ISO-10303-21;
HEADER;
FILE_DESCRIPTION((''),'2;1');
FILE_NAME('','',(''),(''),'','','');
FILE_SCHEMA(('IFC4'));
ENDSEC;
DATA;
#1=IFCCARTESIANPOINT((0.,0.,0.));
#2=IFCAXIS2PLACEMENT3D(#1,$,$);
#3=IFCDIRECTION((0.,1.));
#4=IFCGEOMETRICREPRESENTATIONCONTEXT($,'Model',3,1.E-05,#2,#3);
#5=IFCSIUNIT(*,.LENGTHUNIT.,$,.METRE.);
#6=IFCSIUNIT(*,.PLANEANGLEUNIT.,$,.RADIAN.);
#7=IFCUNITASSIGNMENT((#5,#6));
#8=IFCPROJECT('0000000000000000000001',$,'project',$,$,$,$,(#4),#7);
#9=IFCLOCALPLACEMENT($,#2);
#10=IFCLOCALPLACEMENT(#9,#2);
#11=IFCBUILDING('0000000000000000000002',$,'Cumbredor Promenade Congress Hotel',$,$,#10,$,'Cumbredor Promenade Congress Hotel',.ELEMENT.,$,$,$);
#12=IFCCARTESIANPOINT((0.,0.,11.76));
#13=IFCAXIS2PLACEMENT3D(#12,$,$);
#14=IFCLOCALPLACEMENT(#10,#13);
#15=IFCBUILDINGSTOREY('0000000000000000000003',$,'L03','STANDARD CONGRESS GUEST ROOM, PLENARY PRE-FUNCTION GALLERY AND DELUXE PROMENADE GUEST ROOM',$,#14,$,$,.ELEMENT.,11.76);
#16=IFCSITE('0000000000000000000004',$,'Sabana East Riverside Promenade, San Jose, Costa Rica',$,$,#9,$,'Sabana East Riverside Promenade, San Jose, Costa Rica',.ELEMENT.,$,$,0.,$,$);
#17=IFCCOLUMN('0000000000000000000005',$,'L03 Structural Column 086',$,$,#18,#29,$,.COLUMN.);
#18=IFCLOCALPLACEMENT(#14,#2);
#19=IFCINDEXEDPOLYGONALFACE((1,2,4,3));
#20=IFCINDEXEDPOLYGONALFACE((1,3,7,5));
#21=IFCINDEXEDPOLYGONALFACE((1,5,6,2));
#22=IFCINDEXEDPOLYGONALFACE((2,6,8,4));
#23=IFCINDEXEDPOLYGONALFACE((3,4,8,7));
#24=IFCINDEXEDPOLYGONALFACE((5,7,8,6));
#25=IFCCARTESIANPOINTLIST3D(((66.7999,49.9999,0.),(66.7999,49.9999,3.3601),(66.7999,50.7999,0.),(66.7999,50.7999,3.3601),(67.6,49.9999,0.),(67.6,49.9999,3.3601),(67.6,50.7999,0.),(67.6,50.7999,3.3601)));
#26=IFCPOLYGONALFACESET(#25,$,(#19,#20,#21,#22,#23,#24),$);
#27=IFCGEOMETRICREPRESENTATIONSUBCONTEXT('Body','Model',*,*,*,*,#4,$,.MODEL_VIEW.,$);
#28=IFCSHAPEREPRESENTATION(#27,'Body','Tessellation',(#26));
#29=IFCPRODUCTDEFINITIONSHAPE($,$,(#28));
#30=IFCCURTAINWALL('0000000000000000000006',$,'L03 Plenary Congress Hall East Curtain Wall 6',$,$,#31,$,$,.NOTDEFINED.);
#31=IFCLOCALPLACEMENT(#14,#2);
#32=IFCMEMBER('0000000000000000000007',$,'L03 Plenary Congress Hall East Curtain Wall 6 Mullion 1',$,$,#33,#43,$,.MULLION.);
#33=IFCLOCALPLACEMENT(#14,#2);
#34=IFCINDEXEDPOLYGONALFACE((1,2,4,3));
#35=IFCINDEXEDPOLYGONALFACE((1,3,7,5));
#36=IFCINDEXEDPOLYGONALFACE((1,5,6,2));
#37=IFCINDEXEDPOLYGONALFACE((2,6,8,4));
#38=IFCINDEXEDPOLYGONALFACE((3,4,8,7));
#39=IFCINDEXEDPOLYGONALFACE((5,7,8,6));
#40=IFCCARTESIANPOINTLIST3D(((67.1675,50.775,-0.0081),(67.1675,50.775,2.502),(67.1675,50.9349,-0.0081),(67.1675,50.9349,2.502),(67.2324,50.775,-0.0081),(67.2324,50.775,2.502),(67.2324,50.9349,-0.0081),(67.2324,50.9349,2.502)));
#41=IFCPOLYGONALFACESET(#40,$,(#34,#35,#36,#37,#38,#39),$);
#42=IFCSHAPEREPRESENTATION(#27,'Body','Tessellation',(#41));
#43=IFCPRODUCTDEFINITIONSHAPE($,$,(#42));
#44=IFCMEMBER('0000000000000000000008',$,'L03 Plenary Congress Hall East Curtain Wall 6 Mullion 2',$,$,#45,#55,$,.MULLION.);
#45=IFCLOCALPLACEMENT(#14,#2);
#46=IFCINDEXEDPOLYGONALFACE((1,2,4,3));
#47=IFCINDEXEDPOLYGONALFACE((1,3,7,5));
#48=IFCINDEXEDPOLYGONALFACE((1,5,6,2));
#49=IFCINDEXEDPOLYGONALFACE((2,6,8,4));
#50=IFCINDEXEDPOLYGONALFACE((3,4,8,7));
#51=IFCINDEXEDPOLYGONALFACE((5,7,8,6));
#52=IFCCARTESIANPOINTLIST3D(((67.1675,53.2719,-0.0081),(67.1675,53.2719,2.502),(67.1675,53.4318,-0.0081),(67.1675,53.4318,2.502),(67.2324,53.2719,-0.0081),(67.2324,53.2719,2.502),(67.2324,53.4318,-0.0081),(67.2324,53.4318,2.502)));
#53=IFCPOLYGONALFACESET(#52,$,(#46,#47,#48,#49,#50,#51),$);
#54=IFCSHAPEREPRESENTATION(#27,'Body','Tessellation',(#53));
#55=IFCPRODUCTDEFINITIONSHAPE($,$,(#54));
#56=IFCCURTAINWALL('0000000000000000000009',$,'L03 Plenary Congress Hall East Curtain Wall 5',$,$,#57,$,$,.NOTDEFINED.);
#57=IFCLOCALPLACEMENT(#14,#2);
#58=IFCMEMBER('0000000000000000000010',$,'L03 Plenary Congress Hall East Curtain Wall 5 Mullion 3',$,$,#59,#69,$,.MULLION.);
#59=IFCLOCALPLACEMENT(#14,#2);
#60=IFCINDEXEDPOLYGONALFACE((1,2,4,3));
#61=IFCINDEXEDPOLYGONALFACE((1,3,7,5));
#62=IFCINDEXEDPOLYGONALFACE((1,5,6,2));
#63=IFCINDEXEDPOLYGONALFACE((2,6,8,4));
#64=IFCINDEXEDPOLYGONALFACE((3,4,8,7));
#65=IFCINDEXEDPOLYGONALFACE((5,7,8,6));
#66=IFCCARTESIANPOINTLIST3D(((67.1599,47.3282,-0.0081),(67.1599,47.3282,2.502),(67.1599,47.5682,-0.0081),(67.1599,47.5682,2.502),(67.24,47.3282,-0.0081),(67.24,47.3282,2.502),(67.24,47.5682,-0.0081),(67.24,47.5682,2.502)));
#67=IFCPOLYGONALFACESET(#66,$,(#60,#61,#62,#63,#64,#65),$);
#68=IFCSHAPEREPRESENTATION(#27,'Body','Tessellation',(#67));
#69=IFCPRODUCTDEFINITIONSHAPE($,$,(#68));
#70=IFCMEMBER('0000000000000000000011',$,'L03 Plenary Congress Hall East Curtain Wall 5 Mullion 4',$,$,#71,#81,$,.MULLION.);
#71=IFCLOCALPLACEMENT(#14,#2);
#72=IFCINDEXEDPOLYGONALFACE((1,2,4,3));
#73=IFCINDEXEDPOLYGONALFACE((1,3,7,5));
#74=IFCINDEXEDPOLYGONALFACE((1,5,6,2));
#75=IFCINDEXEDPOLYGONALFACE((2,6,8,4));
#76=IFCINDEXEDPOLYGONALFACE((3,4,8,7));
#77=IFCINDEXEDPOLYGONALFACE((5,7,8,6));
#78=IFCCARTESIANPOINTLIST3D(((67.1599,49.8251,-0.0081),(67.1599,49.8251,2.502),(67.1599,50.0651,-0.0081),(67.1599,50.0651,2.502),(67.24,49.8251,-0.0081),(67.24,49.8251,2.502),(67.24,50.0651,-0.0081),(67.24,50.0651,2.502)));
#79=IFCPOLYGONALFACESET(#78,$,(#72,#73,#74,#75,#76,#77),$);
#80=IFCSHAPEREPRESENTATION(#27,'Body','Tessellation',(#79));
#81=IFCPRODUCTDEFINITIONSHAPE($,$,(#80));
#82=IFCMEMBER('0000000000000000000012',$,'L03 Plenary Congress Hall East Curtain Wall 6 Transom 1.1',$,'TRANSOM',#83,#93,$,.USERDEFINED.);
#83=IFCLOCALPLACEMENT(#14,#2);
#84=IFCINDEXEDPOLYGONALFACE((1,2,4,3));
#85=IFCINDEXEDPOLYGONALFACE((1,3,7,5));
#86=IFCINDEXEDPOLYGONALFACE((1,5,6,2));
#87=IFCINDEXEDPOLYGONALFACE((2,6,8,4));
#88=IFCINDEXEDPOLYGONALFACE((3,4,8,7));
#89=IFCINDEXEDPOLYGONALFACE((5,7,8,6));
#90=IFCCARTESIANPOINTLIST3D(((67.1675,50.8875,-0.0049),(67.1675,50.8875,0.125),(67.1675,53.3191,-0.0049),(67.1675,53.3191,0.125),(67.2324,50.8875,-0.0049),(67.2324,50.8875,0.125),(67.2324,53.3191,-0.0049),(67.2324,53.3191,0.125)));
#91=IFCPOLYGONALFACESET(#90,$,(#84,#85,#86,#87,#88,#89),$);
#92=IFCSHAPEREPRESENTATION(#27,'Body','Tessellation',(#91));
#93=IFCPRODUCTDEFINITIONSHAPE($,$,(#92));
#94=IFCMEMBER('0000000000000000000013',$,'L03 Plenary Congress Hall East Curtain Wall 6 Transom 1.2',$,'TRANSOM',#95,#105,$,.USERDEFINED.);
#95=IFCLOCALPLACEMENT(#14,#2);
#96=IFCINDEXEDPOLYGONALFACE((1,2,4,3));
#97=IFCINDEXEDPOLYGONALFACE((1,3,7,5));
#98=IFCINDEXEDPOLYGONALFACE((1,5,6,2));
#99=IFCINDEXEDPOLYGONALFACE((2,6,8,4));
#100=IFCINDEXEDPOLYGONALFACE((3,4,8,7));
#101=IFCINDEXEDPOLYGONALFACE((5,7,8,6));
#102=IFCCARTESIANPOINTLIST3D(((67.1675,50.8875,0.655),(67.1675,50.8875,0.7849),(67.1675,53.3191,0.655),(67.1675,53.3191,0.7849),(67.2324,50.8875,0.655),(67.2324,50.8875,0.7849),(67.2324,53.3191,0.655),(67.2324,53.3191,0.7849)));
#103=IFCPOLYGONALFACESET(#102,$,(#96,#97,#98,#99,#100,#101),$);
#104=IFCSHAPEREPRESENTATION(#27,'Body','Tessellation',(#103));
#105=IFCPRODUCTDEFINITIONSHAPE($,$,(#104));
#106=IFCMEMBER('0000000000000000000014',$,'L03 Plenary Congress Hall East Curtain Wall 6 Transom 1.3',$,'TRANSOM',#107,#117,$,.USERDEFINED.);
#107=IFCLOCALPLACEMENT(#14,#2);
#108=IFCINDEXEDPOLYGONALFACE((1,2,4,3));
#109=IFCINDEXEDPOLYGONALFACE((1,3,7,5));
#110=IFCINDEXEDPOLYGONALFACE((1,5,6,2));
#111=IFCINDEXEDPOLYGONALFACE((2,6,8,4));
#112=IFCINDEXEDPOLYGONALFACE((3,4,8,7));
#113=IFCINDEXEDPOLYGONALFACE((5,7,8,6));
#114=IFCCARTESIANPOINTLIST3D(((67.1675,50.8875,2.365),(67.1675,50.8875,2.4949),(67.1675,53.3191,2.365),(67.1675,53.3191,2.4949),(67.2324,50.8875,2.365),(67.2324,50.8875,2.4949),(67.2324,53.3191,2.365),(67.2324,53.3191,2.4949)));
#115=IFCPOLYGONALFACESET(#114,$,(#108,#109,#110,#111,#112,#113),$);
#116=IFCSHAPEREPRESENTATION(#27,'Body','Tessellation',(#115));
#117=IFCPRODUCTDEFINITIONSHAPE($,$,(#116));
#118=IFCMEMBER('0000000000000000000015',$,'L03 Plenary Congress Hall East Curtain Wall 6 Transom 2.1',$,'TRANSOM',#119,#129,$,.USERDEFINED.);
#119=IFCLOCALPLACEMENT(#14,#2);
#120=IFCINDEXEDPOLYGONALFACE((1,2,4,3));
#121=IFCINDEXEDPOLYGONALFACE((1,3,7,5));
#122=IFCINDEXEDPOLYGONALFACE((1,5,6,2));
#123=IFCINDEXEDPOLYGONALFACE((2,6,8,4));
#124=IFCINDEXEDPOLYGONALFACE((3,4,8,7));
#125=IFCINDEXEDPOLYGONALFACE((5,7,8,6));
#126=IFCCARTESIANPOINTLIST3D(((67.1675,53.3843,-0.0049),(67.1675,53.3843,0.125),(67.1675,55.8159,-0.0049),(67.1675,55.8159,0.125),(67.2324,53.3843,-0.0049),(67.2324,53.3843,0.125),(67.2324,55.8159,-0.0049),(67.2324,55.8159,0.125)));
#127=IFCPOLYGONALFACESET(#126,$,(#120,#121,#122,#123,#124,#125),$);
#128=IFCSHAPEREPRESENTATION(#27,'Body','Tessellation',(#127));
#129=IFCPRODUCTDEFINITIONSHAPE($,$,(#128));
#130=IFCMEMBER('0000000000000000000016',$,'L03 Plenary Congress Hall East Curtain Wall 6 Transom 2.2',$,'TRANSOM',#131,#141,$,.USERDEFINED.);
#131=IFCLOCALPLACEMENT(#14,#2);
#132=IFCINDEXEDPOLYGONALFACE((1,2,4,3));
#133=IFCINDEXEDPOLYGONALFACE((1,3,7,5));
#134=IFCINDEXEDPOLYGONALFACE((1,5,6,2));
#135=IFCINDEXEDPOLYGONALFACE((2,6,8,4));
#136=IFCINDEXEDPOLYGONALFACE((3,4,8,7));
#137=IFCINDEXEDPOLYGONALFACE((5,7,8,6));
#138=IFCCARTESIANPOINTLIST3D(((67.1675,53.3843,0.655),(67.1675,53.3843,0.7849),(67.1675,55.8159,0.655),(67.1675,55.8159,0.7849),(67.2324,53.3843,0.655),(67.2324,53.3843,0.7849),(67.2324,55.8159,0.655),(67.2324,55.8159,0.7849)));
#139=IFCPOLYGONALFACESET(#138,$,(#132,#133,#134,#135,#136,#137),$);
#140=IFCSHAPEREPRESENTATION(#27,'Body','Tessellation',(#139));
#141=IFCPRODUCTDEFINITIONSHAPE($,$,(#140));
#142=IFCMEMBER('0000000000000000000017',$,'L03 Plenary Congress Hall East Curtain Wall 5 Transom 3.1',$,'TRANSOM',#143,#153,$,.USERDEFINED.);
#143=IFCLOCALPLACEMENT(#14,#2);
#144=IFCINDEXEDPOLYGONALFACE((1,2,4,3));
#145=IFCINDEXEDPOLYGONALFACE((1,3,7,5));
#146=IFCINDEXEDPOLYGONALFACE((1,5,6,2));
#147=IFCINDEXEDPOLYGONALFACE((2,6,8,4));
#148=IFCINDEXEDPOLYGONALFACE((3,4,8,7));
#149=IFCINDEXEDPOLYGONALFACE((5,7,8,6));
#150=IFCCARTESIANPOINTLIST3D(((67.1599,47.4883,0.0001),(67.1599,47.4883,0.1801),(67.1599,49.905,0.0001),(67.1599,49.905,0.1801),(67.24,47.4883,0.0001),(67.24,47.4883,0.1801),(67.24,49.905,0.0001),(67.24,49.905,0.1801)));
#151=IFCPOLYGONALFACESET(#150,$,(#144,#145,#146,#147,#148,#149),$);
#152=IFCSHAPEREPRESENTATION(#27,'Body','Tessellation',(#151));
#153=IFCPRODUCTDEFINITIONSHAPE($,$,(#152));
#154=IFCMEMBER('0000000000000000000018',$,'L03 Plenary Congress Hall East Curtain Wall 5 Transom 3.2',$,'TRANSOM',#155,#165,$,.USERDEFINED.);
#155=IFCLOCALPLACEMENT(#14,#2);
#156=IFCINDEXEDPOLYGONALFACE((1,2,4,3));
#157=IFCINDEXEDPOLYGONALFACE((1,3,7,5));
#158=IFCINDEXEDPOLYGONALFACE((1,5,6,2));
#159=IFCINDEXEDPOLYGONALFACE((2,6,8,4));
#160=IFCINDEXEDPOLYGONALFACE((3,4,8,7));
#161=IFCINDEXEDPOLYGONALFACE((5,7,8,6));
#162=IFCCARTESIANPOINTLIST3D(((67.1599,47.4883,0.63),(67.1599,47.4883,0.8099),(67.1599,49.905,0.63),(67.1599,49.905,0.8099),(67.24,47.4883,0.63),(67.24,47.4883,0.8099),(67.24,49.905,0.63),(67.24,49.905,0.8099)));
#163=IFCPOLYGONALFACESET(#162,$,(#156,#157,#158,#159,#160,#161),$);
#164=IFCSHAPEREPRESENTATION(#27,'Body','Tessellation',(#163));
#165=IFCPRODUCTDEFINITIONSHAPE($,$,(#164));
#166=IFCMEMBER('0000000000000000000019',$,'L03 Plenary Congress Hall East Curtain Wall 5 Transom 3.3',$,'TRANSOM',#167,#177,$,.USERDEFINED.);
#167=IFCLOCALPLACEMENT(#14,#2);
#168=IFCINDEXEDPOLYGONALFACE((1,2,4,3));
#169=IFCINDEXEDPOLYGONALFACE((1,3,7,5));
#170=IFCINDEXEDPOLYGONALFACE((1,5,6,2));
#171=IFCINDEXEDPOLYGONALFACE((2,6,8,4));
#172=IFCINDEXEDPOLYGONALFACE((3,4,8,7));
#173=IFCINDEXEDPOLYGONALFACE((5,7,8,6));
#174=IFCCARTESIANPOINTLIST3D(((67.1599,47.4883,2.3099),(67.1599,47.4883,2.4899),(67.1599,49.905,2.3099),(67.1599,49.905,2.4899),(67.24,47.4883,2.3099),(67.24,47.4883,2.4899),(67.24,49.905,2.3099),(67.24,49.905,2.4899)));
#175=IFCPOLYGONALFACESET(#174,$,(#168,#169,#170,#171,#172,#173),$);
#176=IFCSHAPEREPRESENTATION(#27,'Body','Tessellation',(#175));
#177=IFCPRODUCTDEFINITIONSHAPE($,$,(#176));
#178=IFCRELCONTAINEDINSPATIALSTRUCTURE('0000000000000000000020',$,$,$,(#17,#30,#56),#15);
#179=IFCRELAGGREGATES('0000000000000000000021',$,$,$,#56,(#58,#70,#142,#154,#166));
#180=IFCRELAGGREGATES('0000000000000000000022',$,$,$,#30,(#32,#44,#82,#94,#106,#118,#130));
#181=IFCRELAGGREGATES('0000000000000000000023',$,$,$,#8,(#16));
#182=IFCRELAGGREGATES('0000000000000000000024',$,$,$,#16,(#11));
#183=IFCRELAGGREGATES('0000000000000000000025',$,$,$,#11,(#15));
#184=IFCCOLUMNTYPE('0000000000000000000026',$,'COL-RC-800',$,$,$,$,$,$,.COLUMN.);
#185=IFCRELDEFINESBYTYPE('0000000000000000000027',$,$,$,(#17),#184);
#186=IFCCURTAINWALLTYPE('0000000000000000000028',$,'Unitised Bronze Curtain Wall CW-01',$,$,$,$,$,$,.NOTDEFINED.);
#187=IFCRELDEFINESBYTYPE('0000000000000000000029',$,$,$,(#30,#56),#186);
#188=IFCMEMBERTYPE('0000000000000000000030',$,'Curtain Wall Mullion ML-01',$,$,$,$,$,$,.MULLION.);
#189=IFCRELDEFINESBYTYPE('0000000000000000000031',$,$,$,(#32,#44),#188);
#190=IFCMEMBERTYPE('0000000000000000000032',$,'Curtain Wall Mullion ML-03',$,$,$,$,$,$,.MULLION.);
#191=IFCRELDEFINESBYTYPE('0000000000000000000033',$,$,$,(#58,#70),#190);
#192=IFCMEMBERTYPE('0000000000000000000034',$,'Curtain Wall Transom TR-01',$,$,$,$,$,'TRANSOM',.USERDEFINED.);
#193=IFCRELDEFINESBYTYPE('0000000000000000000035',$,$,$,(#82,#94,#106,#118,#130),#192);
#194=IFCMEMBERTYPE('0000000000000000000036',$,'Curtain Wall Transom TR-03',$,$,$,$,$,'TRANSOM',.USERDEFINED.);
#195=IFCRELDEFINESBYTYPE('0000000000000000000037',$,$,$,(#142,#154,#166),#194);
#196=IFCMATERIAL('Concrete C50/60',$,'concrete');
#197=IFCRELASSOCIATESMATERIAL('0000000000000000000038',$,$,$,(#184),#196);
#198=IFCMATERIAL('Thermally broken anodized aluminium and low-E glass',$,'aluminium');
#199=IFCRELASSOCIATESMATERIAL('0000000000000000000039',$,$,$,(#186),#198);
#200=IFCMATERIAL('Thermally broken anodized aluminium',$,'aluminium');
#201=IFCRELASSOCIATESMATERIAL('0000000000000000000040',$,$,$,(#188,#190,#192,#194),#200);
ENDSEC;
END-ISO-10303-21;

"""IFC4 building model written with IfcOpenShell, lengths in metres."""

from ifc_helpers import new_model, si_unit, direction, frame, origin, origin_2d, place, context, subcontext, project, spatial, rectangle, extrude, material, material_profile, profile_set, type_object, element, aggregate, save


model = new_model("IFC4")

# Units and contexts
model_context = context("Model", 3, precision=1e-05, world=origin(), true_north=direction((0.0, 1.0)))
body_context = subcontext(model_context, "Body", "Model", "MODEL_VIEW")
ifc_project = project(units=[si_unit("LENGTHUNIT", "METRE"), si_unit("PLANEANGLEUNIT", "RADIAN")], contexts=[model_context])

# Site, building, storey
site_placement = place(None, origin())
site = spatial("IfcSite", under=ifc_project, at=site_placement, Name="Sabana East Riverside Promenade, San Jose, Costa Rica", LongName="Sabana East Riverside Promenade, San Jose, Costa Rica", CompositionType="ELEMENT", RefElevation=0.0)
building_placement = place(site_placement, origin())
building = spatial("IfcBuilding", under=site, at=building_placement, Name="Cumbredor Promenade Congress Hotel", LongName="Cumbredor Promenade Congress Hotel", CompositionType="ELEMENT")
storey_placement = place(building_placement, frame((0.0, 0.0, 11.76)))
storey = spatial("IfcBuildingStorey", under=building, at=storey_placement, Name="L03", Description="STANDARD CONGRESS GUEST ROOM, PLENARY PRE-FUNCTION GALLERY AND DELUXE PROMENADE GUEST ROOM", CompositionType="ELEMENT", Elevation=11.76)

# Column
ifc_material_1 = material(Name="Concrete C50/60", Category="concrete")
ifc_material_profile_1 = material_profile(ifc_material_1, rectangle(XDim=0.8, YDim=0.8, at=origin_2d()), Name="RC 800x800")
ifc_profile_set_1 = profile_set([ifc_material_profile_1], Name="Concrete C50/60")
column_type = type_object("IfcColumnType", Name="COL-RC-800", PredefinedType="COLUMN", material=ifc_profile_set_1)
column_placement = place(storey_placement, frame((67.2, 50.3999, 0.0), z_axis=(0.0, 0.0, 1.0), x_axis=(1.0, 0.0, 0.0)))
element("IfcColumn", 1, at=column_placement, inside=storey, type_object=column_type, Name="L03 Structural Column 086", PredefinedType="COLUMN", context=body_context, shape_type="SweptSolid", body=[
    extrude(rectangle(XDim=0.8, YDim=0.8, at=origin_2d()), origin(), (0.0, 0.0, 1.0), 3.3601),
])

# Curtain walls, members
ifc_material_2 = material(Name="Thermally broken anodized aluminium and low-E glass", Category="aluminium")
curtain_wall_type = type_object("IfcCurtainWallType", Name="Unitised Bronze Curtain Wall CW-01", PredefinedType="NOTDEFINED", material=ifc_material_2)
curtain_wall_1_placement = place(storey_placement, origin())
curtain_wall_1 = element("IfcCurtainWall", 2, at=curtain_wall_1_placement, inside=storey, type_object=curtain_wall_type, Name="L03 Plenary Congress Hall East Curtain Wall 6", PredefinedType="NOTDEFINED")
ifc_material_3 = material(Name="Thermally broken anodized aluminium", Category="aluminium")
ifc_material_profile_2 = material_profile(ifc_material_3, rectangle(XDim=0.0649, YDim=0.1599, at=origin_2d()), Name="ALU MULLION 65x160")
ifc_profile_set_2 = profile_set([ifc_material_profile_2], Name="Thermally broken anodized aluminium")
member_type_1 = type_object("IfcMemberType", Name="Curtain Wall Mullion ML-01", PredefinedType="MULLION", material=ifc_profile_set_2)
member_1_placement = place(storey_placement, frame((67.2, 50.855, -0.0081), z_axis=(0.0, 0.0, 1.0), x_axis=(1.0, 0.0, 0.0)))
member_1 = element("IfcMember", 3, at=member_1_placement, type_object=member_type_1, Name="L03 Plenary Congress Hall East Curtain Wall 6 Mullion 1", PredefinedType="MULLION", context=body_context, shape_type="SweptSolid", body=[
    extrude(rectangle(XDim=0.0649, YDim=0.1599, at=origin_2d()), origin(), (0.0, 0.0, 1.0), 2.51),
])
member_2_placement = place(storey_placement, frame((67.2, 53.3518, -0.0081), z_axis=(0.0, 0.0, 1.0), x_axis=(1.0, 0.0, 0.0)))
member_2 = element("IfcMember", 4, at=member_2_placement, type_object=member_type_1, Name="L03 Plenary Congress Hall East Curtain Wall 6 Mullion 2", PredefinedType="MULLION", context=body_context, shape_type="SweptSolid", body=[
    extrude(rectangle(XDim=0.0649, YDim=0.1599, at=origin_2d()), origin(), (0.0, 0.0, 1.0), 2.51),
])
curtain_wall_2_placement = place(storey_placement, origin())
curtain_wall_2 = element("IfcCurtainWall", 5, at=curtain_wall_2_placement, inside=storey, type_object=curtain_wall_type, Name="L03 Plenary Congress Hall East Curtain Wall 5", PredefinedType="NOTDEFINED")
ifc_material_profile_3 = material_profile(ifc_material_3, rectangle(XDim=0.0801, YDim=0.24, at=origin_2d()), Name="ALU MULLION 80x240")
ifc_profile_set_3 = profile_set([ifc_material_profile_3], Name="Thermally broken anodized aluminium")
member_type_2 = type_object("IfcMemberType", Name="Curtain Wall Mullion ML-03", PredefinedType="MULLION", material=ifc_profile_set_3)
member_3_placement = place(storey_placement, frame((67.2, 47.4482, -0.0081), z_axis=(0.0, 0.0, 1.0), x_axis=(1.0, 0.0, 0.0)))
member_3 = element("IfcMember", 6, at=member_3_placement, type_object=member_type_2, Name="L03 Plenary Congress Hall East Curtain Wall 5 Mullion 3", PredefinedType="MULLION", context=body_context, shape_type="SweptSolid", body=[
    extrude(rectangle(XDim=0.0801, YDim=0.24, at=origin_2d()), origin(), (0.0, 0.0, 1.0), 2.51),
])
member_4_placement = place(storey_placement, frame((67.2, 49.9451, -0.0081), z_axis=(0.0, 0.0, 1.0), x_axis=(1.0, 0.0, 0.0)))
member_4 = element("IfcMember", 7, at=member_4_placement, type_object=member_type_2, Name="L03 Plenary Congress Hall East Curtain Wall 5 Mullion 4", PredefinedType="MULLION", context=body_context, shape_type="SweptSolid", body=[
    extrude(rectangle(XDim=0.0801, YDim=0.24, at=origin_2d()), origin(), (0.0, 0.0, 1.0), 2.51),
])

# Members
ifc_material_profile_4 = material_profile(ifc_material_3, rectangle(XDim=0.0649, YDim=0.1299, at=origin_2d()), Name="ALU TRANSOM 65x130")
ifc_profile_set_4 = profile_set([ifc_material_profile_4], Name="Thermally broken anodized aluminium")
member_type_3 = type_object("IfcMemberType", Name="Curtain Wall Transom TR-01", ElementType="TRANSOM", PredefinedType="USERDEFINED", material=ifc_profile_set_4)
member_5_placement = place(storey_placement, frame((67.2, 50.8875, 0.0601), z_axis=(0.0, 1.0, 0.0), x_axis=(-1.0, 0.0, 0.0)))
member_5 = element("IfcMember", 8, at=member_5_placement, type_object=member_type_3, Name="L03 Plenary Congress Hall East Curtain Wall 6 Transom 1.1", ObjectType="TRANSOM", PredefinedType="USERDEFINED", context=body_context, shape_type="SweptSolid", body=[
    extrude(rectangle(XDim=0.0649, YDim=0.1299, at=origin_2d()), origin(), (0.0, 0.0, 1.0), 2.4316),
])
member_6_placement = place(storey_placement, frame((67.2, 50.8875, 0.72), z_axis=(0.0, 1.0, 0.0), x_axis=(-1.0, 0.0, 0.0)))
member_6 = element("IfcMember", 9, at=member_6_placement, type_object=member_type_3, Name="L03 Plenary Congress Hall East Curtain Wall 6 Transom 1.2", ObjectType="TRANSOM", PredefinedType="USERDEFINED", context=body_context, shape_type="SweptSolid", body=[
    extrude(rectangle(XDim=0.0649, YDim=0.1299, at=origin_2d()), origin(), (0.0, 0.0, 1.0), 2.4316),
])
member_7_placement = place(storey_placement, frame((67.2, 50.8875, 2.4299), z_axis=(0.0, 1.0, 0.0), x_axis=(-1.0, 0.0, 0.0)))
member_7 = element("IfcMember", 10, at=member_7_placement, type_object=member_type_3, Name="L03 Plenary Congress Hall East Curtain Wall 6 Transom 1.3", ObjectType="TRANSOM", PredefinedType="USERDEFINED", context=body_context, shape_type="SweptSolid", body=[
    extrude(rectangle(XDim=0.0649, YDim=0.1299, at=origin_2d()), origin(), (0.0, 0.0, 1.0), 2.4316),
])
member_8_placement = place(storey_placement, frame((67.2, 53.3843, 0.0601), z_axis=(0.0, 1.0, 0.0), x_axis=(-1.0, 0.0, 0.0)))
member_8 = element("IfcMember", 11, at=member_8_placement, type_object=member_type_3, Name="L03 Plenary Congress Hall East Curtain Wall 6 Transom 2.1", ObjectType="TRANSOM", PredefinedType="USERDEFINED", context=body_context, shape_type="SweptSolid", body=[
    extrude(rectangle(XDim=0.0649, YDim=0.1299, at=origin_2d()), origin(), (0.0, 0.0, 1.0), 2.4316),
])
member_9_placement = place(storey_placement, frame((67.2, 53.3843, 0.72), z_axis=(0.0, 1.0, 0.0), x_axis=(-1.0, 0.0, 0.0)))
member_9 = element("IfcMember", 12, at=member_9_placement, type_object=member_type_3, Name="L03 Plenary Congress Hall East Curtain Wall 6 Transom 2.2", ObjectType="TRANSOM", PredefinedType="USERDEFINED", context=body_context, shape_type="SweptSolid", body=[
    extrude(rectangle(XDim=0.0649, YDim=0.1299, at=origin_2d()), origin(), (0.0, 0.0, 1.0), 2.4316),
])
ifc_material_profile_5 = material_profile(ifc_material_3, rectangle(XDim=0.0801, YDim=0.1799, at=origin_2d()), Name="ALU TRANSOM 80x180")
ifc_profile_set_5 = profile_set([ifc_material_profile_5], Name="Thermally broken anodized aluminium")
member_type_4 = type_object("IfcMemberType", Name="Curtain Wall Transom TR-03", ElementType="TRANSOM", PredefinedType="USERDEFINED", material=ifc_profile_set_5)
member_10_placement = place(storey_placement, frame((67.2, 47.4883, 0.0901), z_axis=(0.0, 1.0, 0.0), x_axis=(-1.0, 0.0, 0.0)))
member_10 = element("IfcMember", 13, at=member_10_placement, type_object=member_type_4, Name="L03 Plenary Congress Hall East Curtain Wall 5 Transom 3.1", ObjectType="TRANSOM", PredefinedType="USERDEFINED", context=body_context, shape_type="SweptSolid", body=[
    extrude(rectangle(XDim=0.0801, YDim=0.1799, at=origin_2d()), origin(), (0.0, 0.0, 1.0), 2.4167),
])
member_11_placement = place(storey_placement, frame((67.2, 47.4883, 0.72), z_axis=(0.0, 1.0, 0.0), x_axis=(-1.0, 0.0, 0.0)))
member_11 = element("IfcMember", 14, at=member_11_placement, type_object=member_type_4, Name="L03 Plenary Congress Hall East Curtain Wall 5 Transom 3.2", ObjectType="TRANSOM", PredefinedType="USERDEFINED", context=body_context, shape_type="SweptSolid", body=[
    extrude(rectangle(XDim=0.0801, YDim=0.1799, at=origin_2d()), origin(), (0.0, 0.0, 1.0), 2.4167),
])
member_12_placement = place(storey_placement, frame((67.2, 47.4883, 2.3999), z_axis=(0.0, 1.0, 0.0), x_axis=(-1.0, 0.0, 0.0)))
member_12 = element("IfcMember", 15, at=member_12_placement, type_object=member_type_4, Name="L03 Plenary Congress Hall East Curtain Wall 5 Transom 3.3", ObjectType="TRANSOM", PredefinedType="USERDEFINED", context=body_context, shape_type="SweptSolid", body=[
    extrude(rectangle(XDim=0.0801, YDim=0.1799, at=origin_2d()), origin(), (0.0, 0.0, 1.0), 2.4167),
])

aggregate(curtain_wall_2, [member_3, member_4, member_10, member_11, member_12])
aggregate(curtain_wall_1, [member_1, member_2, member_5, member_6, member_7, member_8, member_9])

save(model, "model.ifc")
